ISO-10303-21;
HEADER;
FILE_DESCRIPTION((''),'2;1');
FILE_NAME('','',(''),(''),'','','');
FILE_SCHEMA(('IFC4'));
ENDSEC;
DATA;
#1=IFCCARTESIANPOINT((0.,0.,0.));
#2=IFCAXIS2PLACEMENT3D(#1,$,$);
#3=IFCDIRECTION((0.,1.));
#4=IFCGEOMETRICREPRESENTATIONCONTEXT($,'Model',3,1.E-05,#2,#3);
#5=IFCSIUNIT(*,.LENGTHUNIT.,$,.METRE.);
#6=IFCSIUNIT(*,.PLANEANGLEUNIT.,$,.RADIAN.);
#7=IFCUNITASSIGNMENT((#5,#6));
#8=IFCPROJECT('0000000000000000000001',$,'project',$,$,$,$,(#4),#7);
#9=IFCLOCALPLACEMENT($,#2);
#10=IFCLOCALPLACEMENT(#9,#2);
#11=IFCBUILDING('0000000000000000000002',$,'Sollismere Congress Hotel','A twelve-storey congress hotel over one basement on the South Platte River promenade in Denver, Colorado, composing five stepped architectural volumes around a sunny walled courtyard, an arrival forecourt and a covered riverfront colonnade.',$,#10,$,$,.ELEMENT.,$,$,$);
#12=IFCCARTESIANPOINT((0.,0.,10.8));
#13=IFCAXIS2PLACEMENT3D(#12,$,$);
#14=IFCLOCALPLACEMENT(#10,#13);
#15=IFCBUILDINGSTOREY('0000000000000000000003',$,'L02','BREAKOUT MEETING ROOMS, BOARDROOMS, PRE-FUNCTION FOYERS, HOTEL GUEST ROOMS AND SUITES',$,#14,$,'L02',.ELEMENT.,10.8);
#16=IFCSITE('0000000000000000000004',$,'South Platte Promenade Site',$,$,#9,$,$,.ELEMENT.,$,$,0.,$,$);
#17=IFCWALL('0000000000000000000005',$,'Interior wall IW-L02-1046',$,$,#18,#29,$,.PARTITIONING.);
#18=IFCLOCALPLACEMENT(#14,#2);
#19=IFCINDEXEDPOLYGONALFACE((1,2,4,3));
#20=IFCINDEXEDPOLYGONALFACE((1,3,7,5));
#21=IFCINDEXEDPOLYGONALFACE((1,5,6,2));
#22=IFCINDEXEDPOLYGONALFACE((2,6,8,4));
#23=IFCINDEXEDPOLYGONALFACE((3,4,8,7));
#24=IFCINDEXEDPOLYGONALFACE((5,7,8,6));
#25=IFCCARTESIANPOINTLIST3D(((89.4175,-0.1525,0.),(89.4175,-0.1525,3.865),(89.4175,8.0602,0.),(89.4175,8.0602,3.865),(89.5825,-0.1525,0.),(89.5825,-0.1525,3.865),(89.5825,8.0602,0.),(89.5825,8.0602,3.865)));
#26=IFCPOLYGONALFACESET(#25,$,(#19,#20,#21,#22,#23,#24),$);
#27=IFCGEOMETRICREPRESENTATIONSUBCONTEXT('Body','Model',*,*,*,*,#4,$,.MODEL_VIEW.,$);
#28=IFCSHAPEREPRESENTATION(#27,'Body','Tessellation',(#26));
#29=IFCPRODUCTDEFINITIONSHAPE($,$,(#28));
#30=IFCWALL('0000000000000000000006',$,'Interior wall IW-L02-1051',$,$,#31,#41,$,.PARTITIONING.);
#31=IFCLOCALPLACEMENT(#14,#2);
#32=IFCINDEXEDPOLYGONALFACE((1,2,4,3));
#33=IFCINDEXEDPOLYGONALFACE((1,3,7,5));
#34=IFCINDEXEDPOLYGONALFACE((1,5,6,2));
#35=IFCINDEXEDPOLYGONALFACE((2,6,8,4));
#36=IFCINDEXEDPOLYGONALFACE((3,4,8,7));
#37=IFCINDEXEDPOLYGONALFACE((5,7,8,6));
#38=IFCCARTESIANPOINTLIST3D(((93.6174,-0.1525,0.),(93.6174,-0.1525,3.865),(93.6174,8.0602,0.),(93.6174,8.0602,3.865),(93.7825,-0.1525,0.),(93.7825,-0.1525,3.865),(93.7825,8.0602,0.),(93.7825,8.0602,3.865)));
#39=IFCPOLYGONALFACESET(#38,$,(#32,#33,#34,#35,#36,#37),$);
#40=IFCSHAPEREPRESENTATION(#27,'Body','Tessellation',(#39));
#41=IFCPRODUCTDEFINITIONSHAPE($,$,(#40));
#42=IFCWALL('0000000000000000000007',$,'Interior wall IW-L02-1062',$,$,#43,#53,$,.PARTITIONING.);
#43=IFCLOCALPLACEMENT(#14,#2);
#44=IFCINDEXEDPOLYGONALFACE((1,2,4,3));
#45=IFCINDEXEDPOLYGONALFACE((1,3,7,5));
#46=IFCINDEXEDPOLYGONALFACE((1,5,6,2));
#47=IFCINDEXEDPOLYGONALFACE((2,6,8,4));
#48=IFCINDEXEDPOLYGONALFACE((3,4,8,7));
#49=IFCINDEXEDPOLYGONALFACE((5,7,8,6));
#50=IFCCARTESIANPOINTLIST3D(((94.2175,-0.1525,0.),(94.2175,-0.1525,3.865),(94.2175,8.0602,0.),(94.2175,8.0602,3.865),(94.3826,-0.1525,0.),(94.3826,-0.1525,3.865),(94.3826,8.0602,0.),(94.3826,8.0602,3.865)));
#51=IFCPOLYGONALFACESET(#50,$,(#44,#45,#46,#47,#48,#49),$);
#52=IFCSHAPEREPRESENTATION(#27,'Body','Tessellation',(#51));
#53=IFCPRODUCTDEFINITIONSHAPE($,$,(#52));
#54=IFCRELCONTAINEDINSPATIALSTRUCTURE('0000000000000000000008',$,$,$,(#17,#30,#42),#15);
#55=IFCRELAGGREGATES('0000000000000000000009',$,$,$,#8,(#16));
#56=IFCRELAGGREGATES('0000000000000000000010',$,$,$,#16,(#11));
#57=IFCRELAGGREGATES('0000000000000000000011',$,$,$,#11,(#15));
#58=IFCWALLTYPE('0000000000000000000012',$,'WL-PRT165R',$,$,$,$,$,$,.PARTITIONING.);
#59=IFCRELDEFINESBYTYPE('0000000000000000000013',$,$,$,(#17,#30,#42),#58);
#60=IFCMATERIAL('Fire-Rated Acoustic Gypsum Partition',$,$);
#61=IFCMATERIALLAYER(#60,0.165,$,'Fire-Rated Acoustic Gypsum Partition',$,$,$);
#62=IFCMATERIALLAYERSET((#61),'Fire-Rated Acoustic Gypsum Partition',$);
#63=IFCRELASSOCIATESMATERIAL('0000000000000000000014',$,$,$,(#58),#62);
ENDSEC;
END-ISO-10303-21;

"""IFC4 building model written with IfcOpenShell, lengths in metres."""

from ifc_helpers import new_model, si_unit, direction, frame, frame_2d, origin, place, context, subcontext, project, spatial, rectangle, extrude, material, layer, layer_set, type_object, element, save


model = new_model("IFC4")

# Units and contexts
model_context = context("Model", 3, precision=1e-05, world=origin(), true_north=direction((0.0, 1.0)))
body_context = subcontext(model_context, "Body", "Model", "MODEL_VIEW")
ifc_project = project(units=[si_unit("LENGTHUNIT", "METRE"), si_unit("PLANEANGLEUNIT", "RADIAN")], contexts=[model_context])

# Site, building, storey
site_placement = place(None, origin())
site = spatial("IfcSite", under=ifc_project, at=site_placement, Name="South Platte Promenade Site", CompositionType="ELEMENT", RefElevation=0.0)
building_placement = place(site_placement, origin())
building = spatial("IfcBuilding", under=site, at=building_placement, Name="Sollismere Congress Hotel", Description="A twelve-storey congress hotel over one basement on the South Platte River promenade in Denver, Colorado, composing five stepped architectural volumes around a sunny walled courtyard, an arrival forecourt and a covered riverfront colonnade.", CompositionType="ELEMENT")
storey_placement = place(building_placement, frame((0.0, 0.0, 10.8)))
storey = spatial("IfcBuildingStorey", under=building, at=storey_placement, Name="L02", Description="BREAKOUT MEETING ROOMS, BOARDROOMS, PRE-FUNCTION FOYERS, HOTEL GUEST ROOMS AND SUITES", LongName="L02", CompositionType="ELEMENT", Elevation=10.8)

# Walls
ifc_material_1 = material(Name="Fire-Rated Acoustic Gypsum Partition")
ifc_layer_1 = layer(ifc_material_1, 0.165, Name="Fire-Rated Acoustic Gypsum Partition")
ifc_layer_set_1 = layer_set([ifc_layer_1], Name="Fire-Rated Acoustic Gypsum Partition")
wall_type_1 = type_object("IfcWallType", Name="WL-PRT165R", PredefinedType="PARTITIONING", material=ifc_layer_set_1)
for number, where, z_axis, x_axis, name in (
    (1, (89.5, -0.1526, 0.0), (0.0, 0.0, 1.0), (0.0, 1.0, 0.0), "Interior wall IW-L02-1046"),
    (2, (93.7, -0.1526, 0.0), (0.0, 0.0, 1.0), (0.0, 1.0, 0.0), "Interior wall IW-L02-1051"),
    (3, (94.3, -0.1526, 0.0), (0.0, 0.0, 1.0), (0.0, 1.0, 0.0), "Interior wall IW-L02-1062"),
):
    element("IfcWall", number, at=place(storey_placement, frame(where, z_axis=z_axis, x_axis=x_axis)), inside=storey, type_object=wall_type_1, Name=name, PredefinedType="PARTITIONING", context=body_context, shape_type="SweptSolid", body=[
        extrude(rectangle(XDim=8.2126, YDim=0.165, at=frame_2d((4.1064, 0.0))), origin(), (0.0, 0.0, 1.0), 3.865),
    ])

save(model, "model.ifc")
